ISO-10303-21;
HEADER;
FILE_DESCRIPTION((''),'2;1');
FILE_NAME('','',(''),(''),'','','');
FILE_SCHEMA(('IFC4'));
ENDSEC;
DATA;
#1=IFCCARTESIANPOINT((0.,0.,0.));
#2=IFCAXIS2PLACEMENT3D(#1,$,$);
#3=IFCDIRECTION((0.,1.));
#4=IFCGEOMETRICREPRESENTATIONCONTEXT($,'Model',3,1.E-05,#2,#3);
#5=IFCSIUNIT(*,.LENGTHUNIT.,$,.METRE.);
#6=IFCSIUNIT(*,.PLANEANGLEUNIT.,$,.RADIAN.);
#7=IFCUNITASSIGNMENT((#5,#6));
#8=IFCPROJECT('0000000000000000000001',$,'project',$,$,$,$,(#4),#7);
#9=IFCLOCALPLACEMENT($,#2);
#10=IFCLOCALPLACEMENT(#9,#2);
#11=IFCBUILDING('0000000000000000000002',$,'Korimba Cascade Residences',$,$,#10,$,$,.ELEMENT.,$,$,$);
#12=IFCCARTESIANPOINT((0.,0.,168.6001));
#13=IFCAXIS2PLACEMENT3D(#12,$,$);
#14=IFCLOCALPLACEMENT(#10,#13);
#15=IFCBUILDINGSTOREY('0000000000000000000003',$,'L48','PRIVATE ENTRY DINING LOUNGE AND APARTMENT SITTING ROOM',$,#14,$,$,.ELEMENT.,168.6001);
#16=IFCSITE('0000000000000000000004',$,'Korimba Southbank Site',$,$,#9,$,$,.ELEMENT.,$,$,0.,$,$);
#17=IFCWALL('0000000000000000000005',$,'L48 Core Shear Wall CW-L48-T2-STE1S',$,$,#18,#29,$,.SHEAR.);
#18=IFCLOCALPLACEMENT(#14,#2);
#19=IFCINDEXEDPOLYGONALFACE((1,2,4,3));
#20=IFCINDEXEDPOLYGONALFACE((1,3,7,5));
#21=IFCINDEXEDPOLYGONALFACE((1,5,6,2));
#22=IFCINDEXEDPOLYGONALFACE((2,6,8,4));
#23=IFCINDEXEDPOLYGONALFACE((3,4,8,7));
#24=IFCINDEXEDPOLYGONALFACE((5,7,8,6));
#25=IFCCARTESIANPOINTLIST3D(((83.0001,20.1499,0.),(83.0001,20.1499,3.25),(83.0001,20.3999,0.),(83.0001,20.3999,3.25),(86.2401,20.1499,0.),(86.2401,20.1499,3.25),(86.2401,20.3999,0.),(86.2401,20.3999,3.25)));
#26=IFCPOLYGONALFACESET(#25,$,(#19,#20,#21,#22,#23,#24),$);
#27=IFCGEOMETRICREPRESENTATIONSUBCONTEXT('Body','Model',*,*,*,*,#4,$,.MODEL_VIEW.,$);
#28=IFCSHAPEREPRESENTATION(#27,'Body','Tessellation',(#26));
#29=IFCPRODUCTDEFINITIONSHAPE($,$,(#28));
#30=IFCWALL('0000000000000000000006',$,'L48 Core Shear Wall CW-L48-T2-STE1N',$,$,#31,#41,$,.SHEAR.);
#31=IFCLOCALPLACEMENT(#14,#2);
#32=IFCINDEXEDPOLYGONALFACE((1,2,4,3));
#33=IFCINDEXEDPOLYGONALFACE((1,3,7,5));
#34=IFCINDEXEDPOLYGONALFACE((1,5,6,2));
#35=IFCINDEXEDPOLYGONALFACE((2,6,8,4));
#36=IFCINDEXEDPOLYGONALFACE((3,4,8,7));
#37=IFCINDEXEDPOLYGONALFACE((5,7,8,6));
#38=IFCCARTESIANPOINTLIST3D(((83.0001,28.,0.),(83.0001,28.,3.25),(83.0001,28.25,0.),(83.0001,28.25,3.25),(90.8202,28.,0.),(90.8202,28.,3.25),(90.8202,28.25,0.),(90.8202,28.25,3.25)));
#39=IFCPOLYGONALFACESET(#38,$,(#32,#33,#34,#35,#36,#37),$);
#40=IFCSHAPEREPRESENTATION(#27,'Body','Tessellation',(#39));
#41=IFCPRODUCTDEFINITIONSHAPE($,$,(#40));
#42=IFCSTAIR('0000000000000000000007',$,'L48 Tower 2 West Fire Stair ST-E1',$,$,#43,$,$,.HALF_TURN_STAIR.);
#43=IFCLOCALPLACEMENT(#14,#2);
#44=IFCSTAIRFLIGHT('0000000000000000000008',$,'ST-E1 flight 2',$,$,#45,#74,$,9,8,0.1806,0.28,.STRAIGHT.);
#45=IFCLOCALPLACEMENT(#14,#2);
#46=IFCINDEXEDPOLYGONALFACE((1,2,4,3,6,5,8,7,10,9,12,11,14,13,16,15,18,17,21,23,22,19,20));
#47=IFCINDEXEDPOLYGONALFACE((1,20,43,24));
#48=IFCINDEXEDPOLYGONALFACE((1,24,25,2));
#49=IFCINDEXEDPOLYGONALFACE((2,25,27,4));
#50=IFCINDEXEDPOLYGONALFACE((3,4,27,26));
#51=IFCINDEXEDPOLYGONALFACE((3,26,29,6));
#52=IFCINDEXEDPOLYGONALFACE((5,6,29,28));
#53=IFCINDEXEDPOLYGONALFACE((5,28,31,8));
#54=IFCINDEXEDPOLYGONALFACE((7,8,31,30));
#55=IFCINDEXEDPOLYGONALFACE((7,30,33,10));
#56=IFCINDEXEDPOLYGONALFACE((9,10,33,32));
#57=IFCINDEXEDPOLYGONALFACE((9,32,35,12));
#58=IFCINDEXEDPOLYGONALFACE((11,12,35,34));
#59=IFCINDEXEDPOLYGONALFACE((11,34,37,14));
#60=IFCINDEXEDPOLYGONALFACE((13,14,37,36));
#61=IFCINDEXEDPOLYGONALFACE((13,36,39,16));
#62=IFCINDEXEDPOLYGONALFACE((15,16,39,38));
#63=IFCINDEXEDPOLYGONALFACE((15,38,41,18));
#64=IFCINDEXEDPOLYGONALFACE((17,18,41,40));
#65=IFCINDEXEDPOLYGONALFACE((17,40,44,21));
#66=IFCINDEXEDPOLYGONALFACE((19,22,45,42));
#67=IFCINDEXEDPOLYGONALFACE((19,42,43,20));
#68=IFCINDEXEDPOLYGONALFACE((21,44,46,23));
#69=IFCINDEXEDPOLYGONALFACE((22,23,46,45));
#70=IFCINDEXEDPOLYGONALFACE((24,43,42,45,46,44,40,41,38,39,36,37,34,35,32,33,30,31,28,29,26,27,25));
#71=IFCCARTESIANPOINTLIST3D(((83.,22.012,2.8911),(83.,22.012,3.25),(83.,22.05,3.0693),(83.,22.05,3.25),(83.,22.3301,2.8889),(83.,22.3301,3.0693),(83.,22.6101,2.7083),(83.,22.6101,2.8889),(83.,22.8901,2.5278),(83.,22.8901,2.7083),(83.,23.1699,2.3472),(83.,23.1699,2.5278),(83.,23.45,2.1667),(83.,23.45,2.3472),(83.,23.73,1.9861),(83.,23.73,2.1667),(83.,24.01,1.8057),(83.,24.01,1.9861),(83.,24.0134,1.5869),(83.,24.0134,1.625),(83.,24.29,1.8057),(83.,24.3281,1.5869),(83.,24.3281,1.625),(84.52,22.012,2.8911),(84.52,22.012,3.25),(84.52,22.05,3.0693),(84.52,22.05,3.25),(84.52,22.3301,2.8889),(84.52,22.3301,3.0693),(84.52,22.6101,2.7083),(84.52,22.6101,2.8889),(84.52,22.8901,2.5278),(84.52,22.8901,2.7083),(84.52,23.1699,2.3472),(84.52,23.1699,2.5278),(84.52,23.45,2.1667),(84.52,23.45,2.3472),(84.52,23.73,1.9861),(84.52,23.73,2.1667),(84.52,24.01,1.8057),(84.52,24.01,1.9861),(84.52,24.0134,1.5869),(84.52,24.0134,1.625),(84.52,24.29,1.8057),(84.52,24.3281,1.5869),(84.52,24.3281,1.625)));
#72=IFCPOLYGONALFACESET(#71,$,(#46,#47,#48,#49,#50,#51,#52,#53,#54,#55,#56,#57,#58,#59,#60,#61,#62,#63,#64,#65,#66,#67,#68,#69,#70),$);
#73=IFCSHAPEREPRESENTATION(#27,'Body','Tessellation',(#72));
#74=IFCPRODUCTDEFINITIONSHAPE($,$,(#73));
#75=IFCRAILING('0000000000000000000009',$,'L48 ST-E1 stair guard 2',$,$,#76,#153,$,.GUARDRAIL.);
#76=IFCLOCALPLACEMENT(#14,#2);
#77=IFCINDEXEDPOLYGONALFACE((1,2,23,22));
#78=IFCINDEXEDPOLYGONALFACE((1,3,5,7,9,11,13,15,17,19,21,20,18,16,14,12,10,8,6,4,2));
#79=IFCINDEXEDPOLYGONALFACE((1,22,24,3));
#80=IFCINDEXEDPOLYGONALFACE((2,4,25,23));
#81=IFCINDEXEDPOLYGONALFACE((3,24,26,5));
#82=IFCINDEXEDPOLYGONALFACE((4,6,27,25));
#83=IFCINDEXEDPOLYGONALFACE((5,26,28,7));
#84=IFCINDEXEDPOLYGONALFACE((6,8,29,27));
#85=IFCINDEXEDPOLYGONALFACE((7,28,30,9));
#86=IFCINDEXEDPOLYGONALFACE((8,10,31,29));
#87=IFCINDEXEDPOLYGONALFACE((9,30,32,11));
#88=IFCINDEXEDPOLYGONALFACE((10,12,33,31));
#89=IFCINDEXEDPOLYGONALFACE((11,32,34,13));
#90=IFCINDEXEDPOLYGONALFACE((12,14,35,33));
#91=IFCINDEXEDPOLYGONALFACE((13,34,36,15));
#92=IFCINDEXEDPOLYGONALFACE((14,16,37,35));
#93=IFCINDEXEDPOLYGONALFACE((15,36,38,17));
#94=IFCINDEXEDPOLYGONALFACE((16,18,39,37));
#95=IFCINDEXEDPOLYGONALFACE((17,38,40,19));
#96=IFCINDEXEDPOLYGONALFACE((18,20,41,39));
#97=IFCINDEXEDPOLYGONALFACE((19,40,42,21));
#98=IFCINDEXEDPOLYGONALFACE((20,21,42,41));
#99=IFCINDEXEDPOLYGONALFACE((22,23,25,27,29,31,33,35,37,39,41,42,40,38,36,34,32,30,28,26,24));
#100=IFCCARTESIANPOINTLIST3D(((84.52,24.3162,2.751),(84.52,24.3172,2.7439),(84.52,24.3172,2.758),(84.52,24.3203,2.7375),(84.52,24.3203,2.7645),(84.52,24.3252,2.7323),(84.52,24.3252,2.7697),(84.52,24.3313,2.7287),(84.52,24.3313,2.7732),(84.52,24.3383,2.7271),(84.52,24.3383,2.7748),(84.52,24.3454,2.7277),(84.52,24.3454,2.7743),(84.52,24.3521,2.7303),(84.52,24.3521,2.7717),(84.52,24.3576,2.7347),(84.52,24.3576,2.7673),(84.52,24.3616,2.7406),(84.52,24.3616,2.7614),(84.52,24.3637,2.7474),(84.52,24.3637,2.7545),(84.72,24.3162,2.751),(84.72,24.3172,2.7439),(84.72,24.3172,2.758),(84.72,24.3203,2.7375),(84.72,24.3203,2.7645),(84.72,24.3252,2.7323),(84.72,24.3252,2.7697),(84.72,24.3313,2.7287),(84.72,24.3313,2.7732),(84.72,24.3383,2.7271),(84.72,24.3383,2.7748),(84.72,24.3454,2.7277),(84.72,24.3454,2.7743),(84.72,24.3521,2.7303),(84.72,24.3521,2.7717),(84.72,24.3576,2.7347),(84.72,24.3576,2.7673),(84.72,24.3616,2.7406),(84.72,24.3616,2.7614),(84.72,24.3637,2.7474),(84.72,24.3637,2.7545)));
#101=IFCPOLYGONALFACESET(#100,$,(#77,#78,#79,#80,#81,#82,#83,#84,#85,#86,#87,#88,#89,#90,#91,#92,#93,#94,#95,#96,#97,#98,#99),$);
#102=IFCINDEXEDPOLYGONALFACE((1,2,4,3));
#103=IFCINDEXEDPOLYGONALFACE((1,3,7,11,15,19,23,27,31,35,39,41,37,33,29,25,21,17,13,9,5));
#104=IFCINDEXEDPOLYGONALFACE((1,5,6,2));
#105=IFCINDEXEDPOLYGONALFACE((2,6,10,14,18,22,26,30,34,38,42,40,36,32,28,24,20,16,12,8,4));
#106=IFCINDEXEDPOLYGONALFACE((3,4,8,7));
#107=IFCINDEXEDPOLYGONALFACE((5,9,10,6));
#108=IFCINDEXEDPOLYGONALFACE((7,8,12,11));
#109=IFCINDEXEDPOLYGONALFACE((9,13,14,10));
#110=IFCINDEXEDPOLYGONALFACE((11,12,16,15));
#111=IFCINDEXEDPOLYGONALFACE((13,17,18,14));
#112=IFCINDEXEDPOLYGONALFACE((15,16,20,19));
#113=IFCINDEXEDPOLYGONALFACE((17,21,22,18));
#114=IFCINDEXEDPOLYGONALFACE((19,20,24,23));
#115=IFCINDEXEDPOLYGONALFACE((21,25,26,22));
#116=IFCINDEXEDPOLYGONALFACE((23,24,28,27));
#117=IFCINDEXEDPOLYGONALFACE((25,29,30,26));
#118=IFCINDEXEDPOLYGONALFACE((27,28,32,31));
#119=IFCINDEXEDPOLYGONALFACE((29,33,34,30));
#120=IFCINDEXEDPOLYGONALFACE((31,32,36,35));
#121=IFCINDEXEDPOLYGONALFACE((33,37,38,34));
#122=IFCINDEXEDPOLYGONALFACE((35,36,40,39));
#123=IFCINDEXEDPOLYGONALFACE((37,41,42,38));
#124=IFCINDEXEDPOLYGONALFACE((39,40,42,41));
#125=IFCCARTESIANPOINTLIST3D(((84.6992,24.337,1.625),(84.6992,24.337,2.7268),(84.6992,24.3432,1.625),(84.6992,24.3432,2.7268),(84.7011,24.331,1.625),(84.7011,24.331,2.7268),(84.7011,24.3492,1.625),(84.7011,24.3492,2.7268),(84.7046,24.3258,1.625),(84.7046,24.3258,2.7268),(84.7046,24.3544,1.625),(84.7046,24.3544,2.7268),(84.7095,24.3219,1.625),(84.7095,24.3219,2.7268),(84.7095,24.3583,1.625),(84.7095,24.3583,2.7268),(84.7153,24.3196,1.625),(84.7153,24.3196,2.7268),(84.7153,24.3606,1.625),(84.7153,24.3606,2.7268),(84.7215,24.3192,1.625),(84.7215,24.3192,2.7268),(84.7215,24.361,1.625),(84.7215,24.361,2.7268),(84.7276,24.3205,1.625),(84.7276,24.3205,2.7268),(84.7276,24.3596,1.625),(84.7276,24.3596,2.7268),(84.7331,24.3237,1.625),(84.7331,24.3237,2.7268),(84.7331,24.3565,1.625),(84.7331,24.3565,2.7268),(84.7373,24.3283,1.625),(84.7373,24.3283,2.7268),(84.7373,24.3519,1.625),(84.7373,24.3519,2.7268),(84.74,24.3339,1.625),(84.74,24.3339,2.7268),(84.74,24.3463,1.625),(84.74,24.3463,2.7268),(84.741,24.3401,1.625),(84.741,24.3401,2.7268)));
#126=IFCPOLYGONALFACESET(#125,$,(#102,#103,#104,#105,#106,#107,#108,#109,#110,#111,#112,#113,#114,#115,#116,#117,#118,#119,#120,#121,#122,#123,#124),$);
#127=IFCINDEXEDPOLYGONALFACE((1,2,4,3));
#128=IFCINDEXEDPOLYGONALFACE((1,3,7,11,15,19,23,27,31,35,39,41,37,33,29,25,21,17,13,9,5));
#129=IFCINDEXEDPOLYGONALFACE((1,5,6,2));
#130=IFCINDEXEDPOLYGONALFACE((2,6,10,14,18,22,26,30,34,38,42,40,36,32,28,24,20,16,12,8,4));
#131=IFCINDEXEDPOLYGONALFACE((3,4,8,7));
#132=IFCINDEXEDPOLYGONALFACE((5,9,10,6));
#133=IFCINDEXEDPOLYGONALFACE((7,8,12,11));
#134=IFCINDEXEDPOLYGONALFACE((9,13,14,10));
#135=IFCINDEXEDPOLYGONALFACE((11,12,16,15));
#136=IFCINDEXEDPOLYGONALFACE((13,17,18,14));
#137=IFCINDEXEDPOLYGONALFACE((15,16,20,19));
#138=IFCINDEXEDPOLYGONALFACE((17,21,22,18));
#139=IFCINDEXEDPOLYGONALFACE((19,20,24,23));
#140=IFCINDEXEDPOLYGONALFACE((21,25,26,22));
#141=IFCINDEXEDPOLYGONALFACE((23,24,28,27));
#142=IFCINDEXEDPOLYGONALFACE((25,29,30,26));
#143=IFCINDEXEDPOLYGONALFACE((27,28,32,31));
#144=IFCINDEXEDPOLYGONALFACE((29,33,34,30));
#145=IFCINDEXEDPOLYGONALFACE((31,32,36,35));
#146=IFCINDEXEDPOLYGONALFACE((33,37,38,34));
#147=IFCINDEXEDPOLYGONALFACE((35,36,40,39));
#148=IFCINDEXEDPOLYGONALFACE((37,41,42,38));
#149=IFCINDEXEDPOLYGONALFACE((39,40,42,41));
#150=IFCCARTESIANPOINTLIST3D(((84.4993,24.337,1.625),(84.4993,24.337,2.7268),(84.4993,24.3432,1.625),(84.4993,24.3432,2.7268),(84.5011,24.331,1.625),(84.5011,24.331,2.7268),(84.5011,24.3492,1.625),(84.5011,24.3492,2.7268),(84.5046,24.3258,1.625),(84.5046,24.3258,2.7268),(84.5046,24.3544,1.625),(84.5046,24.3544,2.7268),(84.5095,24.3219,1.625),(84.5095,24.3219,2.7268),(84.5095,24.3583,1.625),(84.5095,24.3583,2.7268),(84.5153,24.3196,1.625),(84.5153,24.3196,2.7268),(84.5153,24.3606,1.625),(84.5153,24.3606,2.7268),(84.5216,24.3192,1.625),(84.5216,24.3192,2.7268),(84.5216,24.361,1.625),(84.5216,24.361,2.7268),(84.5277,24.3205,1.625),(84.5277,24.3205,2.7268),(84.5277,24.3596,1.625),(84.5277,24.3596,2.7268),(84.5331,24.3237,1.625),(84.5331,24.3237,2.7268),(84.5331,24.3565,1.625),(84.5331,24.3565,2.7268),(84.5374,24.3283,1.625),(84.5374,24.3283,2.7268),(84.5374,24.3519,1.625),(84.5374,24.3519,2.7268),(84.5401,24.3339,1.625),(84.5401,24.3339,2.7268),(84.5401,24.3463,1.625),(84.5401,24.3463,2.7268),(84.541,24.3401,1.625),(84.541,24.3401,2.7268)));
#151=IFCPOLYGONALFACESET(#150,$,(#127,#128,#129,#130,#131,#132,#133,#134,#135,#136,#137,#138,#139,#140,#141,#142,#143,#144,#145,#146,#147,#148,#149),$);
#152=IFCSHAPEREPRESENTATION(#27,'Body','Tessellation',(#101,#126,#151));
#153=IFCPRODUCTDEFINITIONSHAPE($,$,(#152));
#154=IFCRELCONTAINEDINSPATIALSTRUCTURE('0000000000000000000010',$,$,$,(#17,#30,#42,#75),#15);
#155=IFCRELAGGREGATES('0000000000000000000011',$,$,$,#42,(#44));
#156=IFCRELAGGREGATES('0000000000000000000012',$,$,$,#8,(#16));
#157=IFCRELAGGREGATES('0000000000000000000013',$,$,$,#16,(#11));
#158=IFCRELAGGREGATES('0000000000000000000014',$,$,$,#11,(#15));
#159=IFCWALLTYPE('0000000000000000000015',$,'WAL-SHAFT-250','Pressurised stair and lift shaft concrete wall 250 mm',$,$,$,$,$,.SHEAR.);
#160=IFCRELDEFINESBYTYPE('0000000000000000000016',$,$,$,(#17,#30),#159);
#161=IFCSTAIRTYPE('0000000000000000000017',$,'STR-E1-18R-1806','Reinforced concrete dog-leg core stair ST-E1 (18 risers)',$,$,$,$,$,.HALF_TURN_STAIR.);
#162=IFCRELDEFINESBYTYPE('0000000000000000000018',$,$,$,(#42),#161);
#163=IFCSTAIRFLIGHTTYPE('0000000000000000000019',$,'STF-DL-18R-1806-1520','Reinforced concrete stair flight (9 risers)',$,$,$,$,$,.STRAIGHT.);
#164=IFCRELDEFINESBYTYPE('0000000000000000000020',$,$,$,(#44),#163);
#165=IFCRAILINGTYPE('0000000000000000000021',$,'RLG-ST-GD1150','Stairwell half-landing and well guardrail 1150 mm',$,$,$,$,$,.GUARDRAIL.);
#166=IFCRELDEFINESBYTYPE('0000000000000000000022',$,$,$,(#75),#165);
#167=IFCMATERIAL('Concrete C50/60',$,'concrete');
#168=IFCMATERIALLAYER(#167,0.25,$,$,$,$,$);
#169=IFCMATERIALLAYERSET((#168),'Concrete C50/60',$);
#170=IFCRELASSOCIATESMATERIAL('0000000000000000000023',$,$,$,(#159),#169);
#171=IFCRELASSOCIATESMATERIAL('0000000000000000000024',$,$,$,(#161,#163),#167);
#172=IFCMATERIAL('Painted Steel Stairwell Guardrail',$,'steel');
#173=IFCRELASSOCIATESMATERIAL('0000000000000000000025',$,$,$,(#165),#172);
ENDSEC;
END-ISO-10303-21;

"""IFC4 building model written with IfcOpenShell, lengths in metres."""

from ifc_helpers import new_model, si_unit, direction, frame, frame_2d, origin, origin_2d, place, context, subcontext, project, spatial, polyline, rectangle, circle, outline, extrude, material, layer, layer_set, type_object, element, aggregate, save


model = new_model("IFC4")

# Units and contexts
model_context = context("Model", 3, precision=1e-05, world=origin(), true_north=direction((0.0, 1.0)))
body_context = subcontext(model_context, "Body", "Model", "MODEL_VIEW")
ifc_project = project(units=[si_unit("LENGTHUNIT", "METRE"), si_unit("PLANEANGLEUNIT", "RADIAN")], contexts=[model_context])

# Site, building, storey
site_placement = place(None, origin())
site = spatial("IfcSite", under=ifc_project, at=site_placement, Name="Korimba Southbank Site", CompositionType="ELEMENT", RefElevation=0.0)
building_placement = place(site_placement, origin())
building = spatial("IfcBuilding", under=site, at=building_placement, Name="Korimba Cascade Residences", CompositionType="ELEMENT")
storey_placement = place(building_placement, frame((0.0, 0.0, 168.6001)))
storey = spatial("IfcBuildingStorey", under=building, at=storey_placement, Name="L48", Description="PRIVATE ENTRY DINING LOUNGE AND APARTMENT SITTING ROOM", CompositionType="ELEMENT", Elevation=168.6001)

# Shared definitions
ifc_material_1 = material(Name="Concrete C50/60", Category="concrete")

# Walls
ifc_layer_1 = layer(ifc_material_1, 0.25)
ifc_layer_set_1 = layer_set([ifc_layer_1], Name="Concrete C50/60")
wall_type_1 = type_object("IfcWallType", Name="WAL-SHAFT-250", Description="Pressurised stair and lift shaft concrete wall 250 mm", PredefinedType="SHEAR", material=ifc_layer_set_1)
wall_1_placement = place(storey_placement, frame((83.0, 20.2749, 0.0), z_axis=(0.0, 0.0, 1.0), x_axis=(1.0, 0.0, 0.0)))
element("IfcWall", 1, at=wall_1_placement, inside=storey, type_object=wall_type_1, Name="L48 Core Shear Wall CW-L48-T2-STE1S", PredefinedType="SHEAR", context=body_context, shape_type="SweptSolid", body=[
    extrude(rectangle(XDim=3.24, YDim=0.25, at=frame_2d((1.6201, 0.0))), origin(), (0.0, 0.0, 1.0), 3.25),
])
wall_2_placement = place(storey_placement, frame((83.0, 28.125, 0.0), z_axis=(0.0, 0.0, 1.0), x_axis=(1.0, 0.0, 0.0)))
element("IfcWall", 2, at=wall_2_placement, inside=storey, type_object=wall_type_1, Name="L48 Core Shear Wall CW-L48-T2-STE1N", PredefinedType="SHEAR", context=body_context, shape_type="SweptSolid", body=[
    extrude(rectangle(XDim=7.8201, YDim=0.25, at=frame_2d((3.9102, 0.0))), origin(), (0.0, 0.0, 1.0), 3.25),
])

# Stair, stair flight
stair_type = type_object("IfcStairType", Name="STR-E1-18R-1806", Description="Reinforced concrete dog-leg core stair ST-E1 (18 risers)", PredefinedType="HALF_TURN_STAIR", material=ifc_material_1)
stair_placement = place(storey_placement, origin())
stair = element("IfcStair", 3, at=stair_placement, inside=storey, type_object=stair_type, Name="L48 Tower 2 West Fire Stair ST-E1", PredefinedType="HALF_TURN_STAIR")
stair_flight_type = type_object("IfcStairFlightType", Name="STF-DL-18R-1806-1520", Description="Reinforced concrete stair flight (9 risers)", PredefinedType="STRAIGHT", material=ifc_material_1)
stair_flight_placement = place(storey_placement, frame((83.76, 24.29, 1.625), z_axis=(0.0, 0.0, 1.0), x_axis=(0.0, -1.0, 0.0)))
stair_flight = element("IfcStairFlight", 4, at=stair_flight_placement, type_object=stair_flight_type, Name="ST-E1 flight 2", NumberOfRisers=9, NumberOfTreads=8, PredefinedType="STRAIGHT", RiserHeight=0.1806, TreadLength=0.28, context=body_context, shape_type="SweptSolid", body=[
    extrude(outline(polyline([(-0.0381, 0.0), (0.0, 0.1807), (0.28, 0.1807), (0.28, 0.3611), (0.5601, 0.3611), (0.5601, 0.5417), (0.8401, 0.5417), (0.8401, 0.7222), (1.1201, 0.7222), (1.1201, 0.9028), (1.3999, 0.9028), (1.3999, 1.0833), (1.6799, 1.0833), (1.6799, 1.2639), (1.96, 1.2639), (1.96, 1.4443), (2.24, 1.4443), (2.24, 1.625), (2.2781, 1.625), (2.2781, 1.2661), (0.2766, 0.0), (0.2766, -0.0381), (-0.0381, -0.0381), (-0.0381, 0.0)])), frame((0.0, 0.76, 0.0), z_axis=(0.0, -1.0, 0.0), x_axis=(1.0, 0.0, 0.0)), (0.0, 0.0, 1.0), 1.52),
])
aggregate(stair, [stair_flight])

# Railing
ifc_material_2 = material(Name="Painted Steel Stairwell Guardrail", Category="steel")
railing_type_1 = type_object("IfcRailingType", Name="RLG-ST-GD1150", Description="Stairwell half-landing and well guardrail 1150 mm", PredefinedType="GUARDRAIL", material=ifc_material_2)
railing_1_placement = place(storey_placement, frame((84.72, 24.3401, 1.625)))
element("IfcRailing", 5, at=railing_1_placement, inside=storey, type_object=railing_type_1, Name="L48 ST-E1 stair guard 2", PredefinedType="GUARDRAIL", context=body_context, shape_type="SweptSolid", body=[
    extrude(circle(Radius=0.0239, at=origin_2d()), frame((0.0, 0.0, 1.126), z_axis=(-1.0, 0.0, 0.0), x_axis=(0.0, -1.0, 0.0)), (0.0, 0.0, 1.0), 0.2),
    extrude(circle(Radius=0.021, at=origin_2d()), origin(), (0.0, 0.0, 1.0), 1.1018),
    extrude(circle(Radius=0.021, at=origin_2d()), frame((-0.2, 0.0, 0.0)), (0.0, 0.0, 1.0), 1.1018),
])

save(model, "model.ifc")
